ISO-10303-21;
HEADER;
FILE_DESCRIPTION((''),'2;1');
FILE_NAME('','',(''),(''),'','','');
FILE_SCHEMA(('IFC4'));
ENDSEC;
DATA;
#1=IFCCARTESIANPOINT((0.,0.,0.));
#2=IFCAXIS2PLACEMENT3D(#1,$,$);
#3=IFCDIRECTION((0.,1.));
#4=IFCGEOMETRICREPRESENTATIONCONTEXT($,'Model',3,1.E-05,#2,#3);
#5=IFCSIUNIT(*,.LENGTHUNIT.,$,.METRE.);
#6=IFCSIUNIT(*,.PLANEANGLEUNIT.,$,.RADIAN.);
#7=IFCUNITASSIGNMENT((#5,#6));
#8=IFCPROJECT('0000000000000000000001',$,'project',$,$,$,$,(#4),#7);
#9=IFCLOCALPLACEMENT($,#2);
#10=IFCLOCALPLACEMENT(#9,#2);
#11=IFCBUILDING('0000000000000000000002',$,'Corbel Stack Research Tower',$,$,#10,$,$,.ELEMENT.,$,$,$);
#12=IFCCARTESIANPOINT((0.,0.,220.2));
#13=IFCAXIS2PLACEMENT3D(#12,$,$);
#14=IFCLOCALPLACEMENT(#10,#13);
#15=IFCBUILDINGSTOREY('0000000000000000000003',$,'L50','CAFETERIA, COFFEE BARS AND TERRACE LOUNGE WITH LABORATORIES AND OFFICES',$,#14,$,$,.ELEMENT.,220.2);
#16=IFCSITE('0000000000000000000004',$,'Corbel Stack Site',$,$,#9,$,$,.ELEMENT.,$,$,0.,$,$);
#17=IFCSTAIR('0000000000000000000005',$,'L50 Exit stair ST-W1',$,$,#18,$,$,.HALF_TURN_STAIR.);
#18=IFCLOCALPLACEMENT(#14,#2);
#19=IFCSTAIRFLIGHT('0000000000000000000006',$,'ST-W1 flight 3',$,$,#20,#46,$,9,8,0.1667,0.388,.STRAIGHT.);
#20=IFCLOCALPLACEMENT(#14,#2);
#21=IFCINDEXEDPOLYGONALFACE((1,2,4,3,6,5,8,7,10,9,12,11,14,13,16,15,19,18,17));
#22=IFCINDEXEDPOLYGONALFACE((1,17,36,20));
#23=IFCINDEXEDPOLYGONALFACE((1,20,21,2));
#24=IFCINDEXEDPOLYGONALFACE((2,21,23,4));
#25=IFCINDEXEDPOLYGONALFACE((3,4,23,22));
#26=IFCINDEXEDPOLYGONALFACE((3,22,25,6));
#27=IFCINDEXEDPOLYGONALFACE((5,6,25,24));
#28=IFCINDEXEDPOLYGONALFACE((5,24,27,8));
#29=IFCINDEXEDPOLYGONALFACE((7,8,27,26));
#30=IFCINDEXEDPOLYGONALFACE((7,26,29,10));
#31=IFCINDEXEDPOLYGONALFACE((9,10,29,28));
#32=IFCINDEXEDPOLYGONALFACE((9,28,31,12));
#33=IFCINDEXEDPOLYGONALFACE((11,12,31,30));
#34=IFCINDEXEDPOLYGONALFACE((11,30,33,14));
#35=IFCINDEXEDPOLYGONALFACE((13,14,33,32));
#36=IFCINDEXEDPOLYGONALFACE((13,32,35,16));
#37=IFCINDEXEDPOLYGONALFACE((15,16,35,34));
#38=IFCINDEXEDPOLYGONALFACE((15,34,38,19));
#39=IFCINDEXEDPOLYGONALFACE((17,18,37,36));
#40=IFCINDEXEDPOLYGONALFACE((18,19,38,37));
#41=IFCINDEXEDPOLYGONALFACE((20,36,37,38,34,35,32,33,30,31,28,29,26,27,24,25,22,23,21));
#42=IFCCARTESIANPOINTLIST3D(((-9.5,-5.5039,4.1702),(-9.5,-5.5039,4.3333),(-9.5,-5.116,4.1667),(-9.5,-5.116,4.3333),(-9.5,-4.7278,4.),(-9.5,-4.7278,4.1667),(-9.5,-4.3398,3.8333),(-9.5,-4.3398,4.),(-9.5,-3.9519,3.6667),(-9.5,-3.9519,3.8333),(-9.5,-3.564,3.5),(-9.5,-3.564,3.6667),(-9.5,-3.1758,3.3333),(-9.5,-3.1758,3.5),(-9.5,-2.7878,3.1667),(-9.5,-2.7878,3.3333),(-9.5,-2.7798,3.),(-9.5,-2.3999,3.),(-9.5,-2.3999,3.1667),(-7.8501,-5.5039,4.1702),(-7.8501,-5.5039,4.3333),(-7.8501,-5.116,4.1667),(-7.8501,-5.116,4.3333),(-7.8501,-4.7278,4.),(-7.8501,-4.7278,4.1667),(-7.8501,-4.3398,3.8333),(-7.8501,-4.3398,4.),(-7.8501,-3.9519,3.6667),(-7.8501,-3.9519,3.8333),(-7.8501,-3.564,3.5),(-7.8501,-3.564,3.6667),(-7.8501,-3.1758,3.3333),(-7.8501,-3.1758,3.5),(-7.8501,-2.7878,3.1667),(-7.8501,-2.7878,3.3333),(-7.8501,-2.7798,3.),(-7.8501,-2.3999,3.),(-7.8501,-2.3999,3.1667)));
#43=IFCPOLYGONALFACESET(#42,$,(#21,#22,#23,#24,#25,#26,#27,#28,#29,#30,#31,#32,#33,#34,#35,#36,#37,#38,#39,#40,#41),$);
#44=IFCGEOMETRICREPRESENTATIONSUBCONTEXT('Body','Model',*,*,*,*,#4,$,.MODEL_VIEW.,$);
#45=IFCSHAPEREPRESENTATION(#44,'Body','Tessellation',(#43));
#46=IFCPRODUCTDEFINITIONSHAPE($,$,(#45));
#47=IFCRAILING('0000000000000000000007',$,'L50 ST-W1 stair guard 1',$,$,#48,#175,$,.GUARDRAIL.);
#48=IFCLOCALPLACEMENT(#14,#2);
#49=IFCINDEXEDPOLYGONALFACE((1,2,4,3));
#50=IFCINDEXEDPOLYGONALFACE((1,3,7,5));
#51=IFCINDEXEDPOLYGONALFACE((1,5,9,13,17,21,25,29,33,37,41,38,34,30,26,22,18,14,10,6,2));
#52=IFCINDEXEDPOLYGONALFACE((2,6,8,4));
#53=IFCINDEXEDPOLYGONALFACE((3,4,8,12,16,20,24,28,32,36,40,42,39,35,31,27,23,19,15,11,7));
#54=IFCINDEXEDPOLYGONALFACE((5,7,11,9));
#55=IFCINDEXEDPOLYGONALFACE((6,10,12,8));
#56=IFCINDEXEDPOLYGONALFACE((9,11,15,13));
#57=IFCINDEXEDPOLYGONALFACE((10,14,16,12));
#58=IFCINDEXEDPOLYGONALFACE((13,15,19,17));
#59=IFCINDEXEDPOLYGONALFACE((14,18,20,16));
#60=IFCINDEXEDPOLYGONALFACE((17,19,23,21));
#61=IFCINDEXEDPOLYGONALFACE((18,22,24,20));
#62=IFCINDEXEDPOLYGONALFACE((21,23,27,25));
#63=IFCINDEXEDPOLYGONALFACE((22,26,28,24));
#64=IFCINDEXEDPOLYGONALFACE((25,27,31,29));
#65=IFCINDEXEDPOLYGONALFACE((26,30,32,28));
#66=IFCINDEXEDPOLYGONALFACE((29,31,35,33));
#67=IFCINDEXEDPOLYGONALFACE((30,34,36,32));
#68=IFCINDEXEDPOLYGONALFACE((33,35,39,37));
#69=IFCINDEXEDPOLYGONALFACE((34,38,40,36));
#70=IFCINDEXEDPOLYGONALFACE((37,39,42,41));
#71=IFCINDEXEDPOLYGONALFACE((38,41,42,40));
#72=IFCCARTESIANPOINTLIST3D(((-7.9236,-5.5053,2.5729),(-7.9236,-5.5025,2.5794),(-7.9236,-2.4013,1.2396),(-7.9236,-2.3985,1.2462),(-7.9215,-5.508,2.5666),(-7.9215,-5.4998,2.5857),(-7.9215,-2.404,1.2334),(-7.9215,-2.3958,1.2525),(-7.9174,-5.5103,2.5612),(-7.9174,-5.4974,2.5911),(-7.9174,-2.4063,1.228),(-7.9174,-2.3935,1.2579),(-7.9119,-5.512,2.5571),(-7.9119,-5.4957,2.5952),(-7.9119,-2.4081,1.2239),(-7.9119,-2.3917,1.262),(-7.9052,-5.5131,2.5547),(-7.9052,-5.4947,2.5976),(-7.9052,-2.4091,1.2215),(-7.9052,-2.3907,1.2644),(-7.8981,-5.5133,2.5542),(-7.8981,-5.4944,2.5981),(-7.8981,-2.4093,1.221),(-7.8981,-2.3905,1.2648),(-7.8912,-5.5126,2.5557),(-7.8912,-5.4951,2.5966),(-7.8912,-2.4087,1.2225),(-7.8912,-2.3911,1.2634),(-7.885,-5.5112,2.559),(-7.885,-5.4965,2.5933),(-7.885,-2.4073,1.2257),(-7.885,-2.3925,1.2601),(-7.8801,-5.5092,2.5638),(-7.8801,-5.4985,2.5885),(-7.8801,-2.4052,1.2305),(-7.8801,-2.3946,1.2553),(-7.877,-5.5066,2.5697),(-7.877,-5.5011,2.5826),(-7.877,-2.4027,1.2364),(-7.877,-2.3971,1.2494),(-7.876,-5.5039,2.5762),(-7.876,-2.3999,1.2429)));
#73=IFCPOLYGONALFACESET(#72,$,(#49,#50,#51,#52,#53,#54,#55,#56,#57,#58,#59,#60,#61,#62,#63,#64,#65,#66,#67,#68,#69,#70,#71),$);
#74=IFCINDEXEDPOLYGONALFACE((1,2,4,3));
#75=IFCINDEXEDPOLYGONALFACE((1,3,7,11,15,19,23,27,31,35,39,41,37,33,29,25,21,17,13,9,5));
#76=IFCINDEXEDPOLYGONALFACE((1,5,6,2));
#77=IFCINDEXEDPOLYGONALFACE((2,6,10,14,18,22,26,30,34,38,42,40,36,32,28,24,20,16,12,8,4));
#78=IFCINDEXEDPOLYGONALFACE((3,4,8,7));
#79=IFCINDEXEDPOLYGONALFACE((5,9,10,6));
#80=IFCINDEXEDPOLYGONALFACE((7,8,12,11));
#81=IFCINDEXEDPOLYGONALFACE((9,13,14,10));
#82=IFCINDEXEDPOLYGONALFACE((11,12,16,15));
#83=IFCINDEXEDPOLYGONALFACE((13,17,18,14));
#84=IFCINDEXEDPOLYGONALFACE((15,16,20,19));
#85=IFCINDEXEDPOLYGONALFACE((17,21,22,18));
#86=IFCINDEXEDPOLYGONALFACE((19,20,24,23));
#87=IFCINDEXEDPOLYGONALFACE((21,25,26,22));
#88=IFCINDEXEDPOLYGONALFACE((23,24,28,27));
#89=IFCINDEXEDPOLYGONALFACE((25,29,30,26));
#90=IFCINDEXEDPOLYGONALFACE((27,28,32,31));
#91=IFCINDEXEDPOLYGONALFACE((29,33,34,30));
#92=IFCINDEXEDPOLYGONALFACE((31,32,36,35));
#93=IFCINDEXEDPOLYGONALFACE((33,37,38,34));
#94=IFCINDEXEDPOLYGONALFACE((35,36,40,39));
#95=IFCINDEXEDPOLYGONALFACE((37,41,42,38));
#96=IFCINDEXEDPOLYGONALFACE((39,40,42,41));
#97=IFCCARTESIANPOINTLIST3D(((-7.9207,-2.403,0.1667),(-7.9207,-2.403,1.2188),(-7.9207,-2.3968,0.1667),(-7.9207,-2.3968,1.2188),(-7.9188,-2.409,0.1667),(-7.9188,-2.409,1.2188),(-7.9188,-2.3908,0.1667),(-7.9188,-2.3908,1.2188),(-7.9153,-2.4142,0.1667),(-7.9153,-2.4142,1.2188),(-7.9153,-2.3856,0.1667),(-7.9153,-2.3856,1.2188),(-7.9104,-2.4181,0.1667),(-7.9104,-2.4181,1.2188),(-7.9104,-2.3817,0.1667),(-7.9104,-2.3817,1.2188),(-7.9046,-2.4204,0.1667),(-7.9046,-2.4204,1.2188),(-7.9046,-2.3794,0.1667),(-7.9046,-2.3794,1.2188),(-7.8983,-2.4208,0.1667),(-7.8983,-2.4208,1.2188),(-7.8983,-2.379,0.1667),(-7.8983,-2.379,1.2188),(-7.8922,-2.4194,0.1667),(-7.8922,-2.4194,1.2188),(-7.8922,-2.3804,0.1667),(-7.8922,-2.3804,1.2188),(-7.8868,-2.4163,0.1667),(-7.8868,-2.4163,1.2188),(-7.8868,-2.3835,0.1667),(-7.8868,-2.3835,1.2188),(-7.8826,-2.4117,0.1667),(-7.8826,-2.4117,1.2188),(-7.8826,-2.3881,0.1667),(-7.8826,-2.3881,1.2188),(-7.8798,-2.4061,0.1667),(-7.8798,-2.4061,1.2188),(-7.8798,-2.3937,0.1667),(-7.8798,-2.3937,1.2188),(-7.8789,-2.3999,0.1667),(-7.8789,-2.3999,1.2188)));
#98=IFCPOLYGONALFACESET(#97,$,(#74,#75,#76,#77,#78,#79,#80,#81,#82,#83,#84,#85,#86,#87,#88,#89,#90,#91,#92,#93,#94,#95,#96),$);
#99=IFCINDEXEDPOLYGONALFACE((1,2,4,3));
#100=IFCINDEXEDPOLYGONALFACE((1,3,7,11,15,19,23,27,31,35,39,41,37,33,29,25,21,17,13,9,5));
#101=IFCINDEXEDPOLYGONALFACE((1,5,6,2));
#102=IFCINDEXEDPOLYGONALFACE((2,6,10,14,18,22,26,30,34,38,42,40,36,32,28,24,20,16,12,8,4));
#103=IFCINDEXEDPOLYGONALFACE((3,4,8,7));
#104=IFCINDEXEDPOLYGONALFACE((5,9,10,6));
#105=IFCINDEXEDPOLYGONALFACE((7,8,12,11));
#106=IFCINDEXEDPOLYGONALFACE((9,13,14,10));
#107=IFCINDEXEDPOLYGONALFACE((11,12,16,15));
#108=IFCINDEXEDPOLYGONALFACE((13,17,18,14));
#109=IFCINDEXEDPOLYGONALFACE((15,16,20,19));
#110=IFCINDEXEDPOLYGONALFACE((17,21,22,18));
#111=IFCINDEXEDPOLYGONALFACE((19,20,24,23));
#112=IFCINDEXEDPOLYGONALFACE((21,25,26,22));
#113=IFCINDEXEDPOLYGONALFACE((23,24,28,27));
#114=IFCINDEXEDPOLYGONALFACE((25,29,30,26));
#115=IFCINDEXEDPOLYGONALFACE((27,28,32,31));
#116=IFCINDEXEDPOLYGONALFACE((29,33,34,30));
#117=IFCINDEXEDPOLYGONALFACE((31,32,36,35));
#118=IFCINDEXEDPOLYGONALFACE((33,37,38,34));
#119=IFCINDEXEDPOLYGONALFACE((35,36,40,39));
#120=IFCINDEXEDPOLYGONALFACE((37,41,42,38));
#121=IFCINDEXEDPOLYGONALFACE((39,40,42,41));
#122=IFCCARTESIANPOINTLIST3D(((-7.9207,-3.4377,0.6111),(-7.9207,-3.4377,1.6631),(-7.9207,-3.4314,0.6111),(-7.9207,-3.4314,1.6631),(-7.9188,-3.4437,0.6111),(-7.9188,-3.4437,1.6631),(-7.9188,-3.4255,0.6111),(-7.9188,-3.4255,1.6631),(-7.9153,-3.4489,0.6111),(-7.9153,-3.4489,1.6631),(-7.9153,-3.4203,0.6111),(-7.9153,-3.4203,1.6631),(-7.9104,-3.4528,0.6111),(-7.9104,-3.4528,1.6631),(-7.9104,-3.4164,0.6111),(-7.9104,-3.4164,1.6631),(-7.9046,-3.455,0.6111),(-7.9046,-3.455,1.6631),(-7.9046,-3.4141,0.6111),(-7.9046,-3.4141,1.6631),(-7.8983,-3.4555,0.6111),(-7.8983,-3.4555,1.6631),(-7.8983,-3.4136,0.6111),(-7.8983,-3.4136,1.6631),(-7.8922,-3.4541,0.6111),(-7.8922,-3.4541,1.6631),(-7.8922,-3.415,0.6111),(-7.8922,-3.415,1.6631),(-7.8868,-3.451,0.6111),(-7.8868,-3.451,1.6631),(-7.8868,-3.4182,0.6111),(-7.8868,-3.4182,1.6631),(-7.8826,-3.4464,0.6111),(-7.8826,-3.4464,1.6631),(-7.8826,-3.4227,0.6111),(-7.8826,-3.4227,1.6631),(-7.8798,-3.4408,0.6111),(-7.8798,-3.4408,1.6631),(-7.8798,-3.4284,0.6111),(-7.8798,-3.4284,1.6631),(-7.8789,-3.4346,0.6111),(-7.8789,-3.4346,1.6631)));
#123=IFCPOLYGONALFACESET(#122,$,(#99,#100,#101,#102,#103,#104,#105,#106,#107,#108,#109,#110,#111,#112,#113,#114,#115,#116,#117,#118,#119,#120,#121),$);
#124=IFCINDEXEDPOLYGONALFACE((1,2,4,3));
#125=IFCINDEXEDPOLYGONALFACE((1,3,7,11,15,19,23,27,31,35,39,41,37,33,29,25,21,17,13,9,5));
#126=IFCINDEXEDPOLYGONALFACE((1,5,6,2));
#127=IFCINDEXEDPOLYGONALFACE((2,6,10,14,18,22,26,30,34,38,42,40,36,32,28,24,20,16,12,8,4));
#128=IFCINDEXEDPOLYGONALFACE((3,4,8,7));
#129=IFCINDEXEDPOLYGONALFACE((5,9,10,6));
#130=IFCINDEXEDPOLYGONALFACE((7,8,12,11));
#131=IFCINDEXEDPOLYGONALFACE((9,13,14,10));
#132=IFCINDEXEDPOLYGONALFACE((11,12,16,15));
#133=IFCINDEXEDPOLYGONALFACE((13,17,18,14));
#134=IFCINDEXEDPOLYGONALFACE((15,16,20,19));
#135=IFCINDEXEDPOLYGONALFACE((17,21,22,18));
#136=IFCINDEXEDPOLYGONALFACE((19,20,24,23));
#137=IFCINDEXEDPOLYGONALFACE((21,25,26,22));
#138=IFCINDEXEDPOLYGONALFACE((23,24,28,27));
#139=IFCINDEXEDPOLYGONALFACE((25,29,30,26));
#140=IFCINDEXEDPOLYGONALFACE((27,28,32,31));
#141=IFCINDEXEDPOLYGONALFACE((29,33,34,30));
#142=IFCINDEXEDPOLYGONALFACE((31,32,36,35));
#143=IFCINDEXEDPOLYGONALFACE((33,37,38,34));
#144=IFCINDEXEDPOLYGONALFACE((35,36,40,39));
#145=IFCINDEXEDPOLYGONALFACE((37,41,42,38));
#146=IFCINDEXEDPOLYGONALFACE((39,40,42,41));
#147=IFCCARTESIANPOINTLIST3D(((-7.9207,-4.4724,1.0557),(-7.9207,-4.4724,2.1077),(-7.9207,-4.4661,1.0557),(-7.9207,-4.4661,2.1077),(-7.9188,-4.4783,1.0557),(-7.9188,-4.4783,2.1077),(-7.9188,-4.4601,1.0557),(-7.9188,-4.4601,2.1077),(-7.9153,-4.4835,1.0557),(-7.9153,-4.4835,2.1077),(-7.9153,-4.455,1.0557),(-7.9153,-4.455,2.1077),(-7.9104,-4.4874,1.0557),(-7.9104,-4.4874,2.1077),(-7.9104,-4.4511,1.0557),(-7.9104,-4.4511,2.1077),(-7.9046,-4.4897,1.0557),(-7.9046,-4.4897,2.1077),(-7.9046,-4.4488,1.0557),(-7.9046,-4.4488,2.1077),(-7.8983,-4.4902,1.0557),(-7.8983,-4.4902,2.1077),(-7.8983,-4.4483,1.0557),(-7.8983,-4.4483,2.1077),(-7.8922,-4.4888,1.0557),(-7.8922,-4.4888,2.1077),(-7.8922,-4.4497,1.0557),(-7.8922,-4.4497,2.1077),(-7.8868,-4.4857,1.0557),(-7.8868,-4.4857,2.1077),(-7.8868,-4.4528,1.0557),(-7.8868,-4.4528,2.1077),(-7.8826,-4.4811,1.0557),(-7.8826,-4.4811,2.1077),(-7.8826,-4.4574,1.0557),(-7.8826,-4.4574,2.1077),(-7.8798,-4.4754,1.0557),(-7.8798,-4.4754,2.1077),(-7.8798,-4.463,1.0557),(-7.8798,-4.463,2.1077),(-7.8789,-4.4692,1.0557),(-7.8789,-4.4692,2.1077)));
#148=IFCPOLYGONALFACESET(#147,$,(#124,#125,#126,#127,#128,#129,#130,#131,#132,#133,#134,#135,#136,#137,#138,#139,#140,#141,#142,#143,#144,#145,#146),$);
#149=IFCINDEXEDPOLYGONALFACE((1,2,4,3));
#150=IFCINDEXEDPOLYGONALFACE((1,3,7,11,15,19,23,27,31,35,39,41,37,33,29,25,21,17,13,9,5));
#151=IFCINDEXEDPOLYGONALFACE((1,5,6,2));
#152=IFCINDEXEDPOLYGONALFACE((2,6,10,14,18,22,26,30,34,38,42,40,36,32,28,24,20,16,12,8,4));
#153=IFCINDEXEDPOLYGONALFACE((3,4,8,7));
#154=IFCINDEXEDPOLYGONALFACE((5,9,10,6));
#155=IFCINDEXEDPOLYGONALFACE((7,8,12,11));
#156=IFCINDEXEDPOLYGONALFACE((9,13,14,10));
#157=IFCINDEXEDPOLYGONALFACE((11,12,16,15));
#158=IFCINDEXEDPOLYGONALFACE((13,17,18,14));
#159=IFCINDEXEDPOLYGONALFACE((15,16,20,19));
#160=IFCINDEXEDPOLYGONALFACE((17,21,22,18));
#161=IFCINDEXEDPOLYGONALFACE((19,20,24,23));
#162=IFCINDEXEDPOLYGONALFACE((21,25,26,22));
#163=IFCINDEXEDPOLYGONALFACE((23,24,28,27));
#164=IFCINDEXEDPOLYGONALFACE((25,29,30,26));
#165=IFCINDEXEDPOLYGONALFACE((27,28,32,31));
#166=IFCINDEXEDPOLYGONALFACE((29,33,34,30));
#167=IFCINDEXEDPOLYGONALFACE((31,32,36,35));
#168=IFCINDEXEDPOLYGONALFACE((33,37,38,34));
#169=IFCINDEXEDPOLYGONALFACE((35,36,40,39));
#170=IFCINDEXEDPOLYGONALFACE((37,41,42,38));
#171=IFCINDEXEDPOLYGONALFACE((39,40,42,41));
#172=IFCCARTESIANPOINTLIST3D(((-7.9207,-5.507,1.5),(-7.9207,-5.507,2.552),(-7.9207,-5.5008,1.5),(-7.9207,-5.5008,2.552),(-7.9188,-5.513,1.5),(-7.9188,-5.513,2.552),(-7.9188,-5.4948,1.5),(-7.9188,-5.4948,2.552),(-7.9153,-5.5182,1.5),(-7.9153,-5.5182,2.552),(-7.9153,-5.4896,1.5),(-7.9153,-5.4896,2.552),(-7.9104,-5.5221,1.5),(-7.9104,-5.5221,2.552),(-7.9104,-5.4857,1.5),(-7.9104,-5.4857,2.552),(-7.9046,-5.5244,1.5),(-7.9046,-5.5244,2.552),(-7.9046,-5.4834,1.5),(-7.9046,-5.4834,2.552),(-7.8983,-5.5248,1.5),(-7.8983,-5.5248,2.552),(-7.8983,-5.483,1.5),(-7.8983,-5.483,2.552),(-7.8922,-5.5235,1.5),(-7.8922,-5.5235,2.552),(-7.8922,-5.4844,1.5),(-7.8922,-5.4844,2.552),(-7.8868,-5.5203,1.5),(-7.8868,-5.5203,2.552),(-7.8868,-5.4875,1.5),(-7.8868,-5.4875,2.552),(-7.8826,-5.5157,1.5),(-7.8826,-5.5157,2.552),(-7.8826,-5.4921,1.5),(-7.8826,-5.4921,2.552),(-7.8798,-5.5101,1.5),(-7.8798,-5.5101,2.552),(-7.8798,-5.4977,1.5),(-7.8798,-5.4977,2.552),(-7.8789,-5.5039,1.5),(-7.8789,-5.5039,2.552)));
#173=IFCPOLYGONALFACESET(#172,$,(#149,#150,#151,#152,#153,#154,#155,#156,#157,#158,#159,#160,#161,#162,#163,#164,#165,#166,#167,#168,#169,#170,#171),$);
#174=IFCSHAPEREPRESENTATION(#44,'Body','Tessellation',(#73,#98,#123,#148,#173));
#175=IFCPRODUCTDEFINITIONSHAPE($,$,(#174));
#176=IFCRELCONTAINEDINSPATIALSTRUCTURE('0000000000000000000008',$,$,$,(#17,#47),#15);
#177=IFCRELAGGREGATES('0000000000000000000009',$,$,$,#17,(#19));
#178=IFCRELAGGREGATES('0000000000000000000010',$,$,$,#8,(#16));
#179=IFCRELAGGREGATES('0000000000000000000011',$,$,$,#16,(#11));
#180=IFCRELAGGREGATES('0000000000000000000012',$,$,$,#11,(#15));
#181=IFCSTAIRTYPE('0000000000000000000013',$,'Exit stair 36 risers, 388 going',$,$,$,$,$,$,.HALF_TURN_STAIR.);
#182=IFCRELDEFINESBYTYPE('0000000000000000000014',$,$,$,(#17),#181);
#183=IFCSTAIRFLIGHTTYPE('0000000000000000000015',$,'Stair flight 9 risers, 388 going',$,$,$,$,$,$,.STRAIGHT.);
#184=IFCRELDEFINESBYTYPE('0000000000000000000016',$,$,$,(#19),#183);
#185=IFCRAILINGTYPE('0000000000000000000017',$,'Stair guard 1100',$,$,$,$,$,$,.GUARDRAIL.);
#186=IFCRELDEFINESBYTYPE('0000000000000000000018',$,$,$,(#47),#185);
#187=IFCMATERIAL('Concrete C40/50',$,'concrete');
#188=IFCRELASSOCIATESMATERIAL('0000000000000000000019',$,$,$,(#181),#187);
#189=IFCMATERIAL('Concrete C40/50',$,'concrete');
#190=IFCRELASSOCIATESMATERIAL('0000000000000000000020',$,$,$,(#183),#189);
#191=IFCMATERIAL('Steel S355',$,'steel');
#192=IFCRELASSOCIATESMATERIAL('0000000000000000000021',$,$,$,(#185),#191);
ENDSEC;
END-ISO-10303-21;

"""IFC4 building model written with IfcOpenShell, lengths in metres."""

from ifc_helpers import new_model, si_unit, direction, frame, origin, origin_2d, place, context, subcontext, project, spatial, polyline, circle, outline, extrude, material, type_object, element, aggregate, save


model = new_model("IFC4")

# Units and contexts
model_context = context("Model", 3, precision=1e-05, world=origin(), true_north=direction((0.0, 1.0)))
body_context = subcontext(model_context, "Body", "Model", "MODEL_VIEW")
ifc_project = project(units=[si_unit("LENGTHUNIT", "METRE"), si_unit("PLANEANGLEUNIT", "RADIAN")], contexts=[model_context])

# Site, building, storey
site_placement = place(None, origin())
site = spatial("IfcSite", under=ifc_project, at=site_placement, Name="Corbel Stack Site", CompositionType="ELEMENT", RefElevation=0.0)
building_placement = place(site_placement, origin())
building = spatial("IfcBuilding", under=site, at=building_placement, Name="Corbel Stack Research Tower", CompositionType="ELEMENT")
storey_placement = place(building_placement, frame((0.0, 0.0, 220.2)))
storey = spatial("IfcBuildingStorey", under=building, at=storey_placement, Name="L50", Description="CAFETERIA, COFFEE BARS AND TERRACE LOUNGE WITH LABORATORIES AND OFFICES", CompositionType="ELEMENT", Elevation=220.2)

# Stair, stair flight
ifc_material_1 = material(Name="Concrete C40/50", Category="concrete")
stair_type = type_object("IfcStairType", Name="Exit stair 36 risers, 388 going", PredefinedType="HALF_TURN_STAIR", material=ifc_material_1)
stair_placement = place(storey_placement, origin())
stair = element("IfcStair", 1, at=stair_placement, inside=storey, type_object=stair_type, Name="L50 Exit stair ST-W1", PredefinedType="HALF_TURN_STAIR")
ifc_material_2 = material(Name="Concrete C40/50", Category="concrete")
stair_flight_type = type_object("IfcStairFlightType", Name="Stair flight 9 risers, 388 going", PredefinedType="STRAIGHT", material=ifc_material_2)
stair_flight_1_placement = place(storey_placement, frame((-8.675, -2.3999, 3.0), z_axis=(0.0, 0.0, 1.0), x_axis=(0.0, -1.0, 0.0)))
stair_flight_1 = element("IfcStairFlight", 2, at=stair_flight_1_placement, type_object=stair_flight_type, Name="ST-W1 flight 3", NumberOfRisers=9, NumberOfTreads=8, PredefinedType="STRAIGHT", RiserHeight=0.1667, TreadLength=0.388, context=body_context, shape_type="SweptSolid", body=[
    extrude(outline(polyline([(0.0, 0.0), (0.0, 0.1667), (0.3879, 0.1667), (0.3879, 0.3333), (0.7759, 0.3333), (0.7759, 0.5), (1.1641, 0.5), (1.1641, 0.6667), (1.552, 0.6667), (1.552, 0.8333), (1.9399, 0.8333), (1.9399, 1.0), (2.3279, 1.0), (2.3279, 1.1667), (2.7161, 1.1667), (2.7161, 1.3333), (3.104, 1.3333), (3.104, 1.5), (3.104, 1.1702), (0.3799, 0.0), (0.0, 0.0)])), frame((0.0, 0.825, 0.0), z_axis=(0.0, -1.0, 0.0), x_axis=(1.0, 0.0, 0.0)), (0.0, 0.0, 1.0), 1.6499),
])
aggregate(stair, [stair_flight_1])

# Railing
ifc_material_3 = material(Name="Steel S355", Category="steel")
railing_type_1 = type_object("IfcRailingType", Name="Stair guard 1100", PredefinedType="GUARDRAIL", material=ifc_material_3)
railing_1_placement = place(storey_placement, frame((-7.8999, -2.3999, 0.1667)))
element("IfcRailing", 3, at=railing_1_placement, inside=storey, type_object=railing_type_1, Name="L50 ST-W1 stair guard 1", PredefinedType="GUARDRAIL", context=body_context, shape_type="SweptSolid", body=[
    extrude(circle(Radius=0.0239, at=origin_2d()), frame((0.0, 0.0, 1.0762), z_axis=(0.0, -0.918827, 0.394661), x_axis=(1.0, 0.0, 0.0)), (0.0, 0.0, 1.0), 3.3782),
    extrude(circle(Radius=0.021, at=origin_2d()), origin(), (0.0, 0.0, 1.0), 1.052),
    extrude(circle(Radius=0.021, at=origin_2d()), frame((0.0, -1.0347, 0.4443)), (0.0, 0.0, 1.0), 1.052),
    extrude(circle(Radius=0.021, at=origin_2d()), frame((0.0, -2.0693, 0.8889)), (0.0, 0.0, 1.0), 1.052),
    extrude(circle(Radius=0.021, at=origin_2d()), frame((0.0, -3.104, 1.3333)), (0.0, 0.0, 1.0), 1.052),
])

save(model, "model.ifc")
